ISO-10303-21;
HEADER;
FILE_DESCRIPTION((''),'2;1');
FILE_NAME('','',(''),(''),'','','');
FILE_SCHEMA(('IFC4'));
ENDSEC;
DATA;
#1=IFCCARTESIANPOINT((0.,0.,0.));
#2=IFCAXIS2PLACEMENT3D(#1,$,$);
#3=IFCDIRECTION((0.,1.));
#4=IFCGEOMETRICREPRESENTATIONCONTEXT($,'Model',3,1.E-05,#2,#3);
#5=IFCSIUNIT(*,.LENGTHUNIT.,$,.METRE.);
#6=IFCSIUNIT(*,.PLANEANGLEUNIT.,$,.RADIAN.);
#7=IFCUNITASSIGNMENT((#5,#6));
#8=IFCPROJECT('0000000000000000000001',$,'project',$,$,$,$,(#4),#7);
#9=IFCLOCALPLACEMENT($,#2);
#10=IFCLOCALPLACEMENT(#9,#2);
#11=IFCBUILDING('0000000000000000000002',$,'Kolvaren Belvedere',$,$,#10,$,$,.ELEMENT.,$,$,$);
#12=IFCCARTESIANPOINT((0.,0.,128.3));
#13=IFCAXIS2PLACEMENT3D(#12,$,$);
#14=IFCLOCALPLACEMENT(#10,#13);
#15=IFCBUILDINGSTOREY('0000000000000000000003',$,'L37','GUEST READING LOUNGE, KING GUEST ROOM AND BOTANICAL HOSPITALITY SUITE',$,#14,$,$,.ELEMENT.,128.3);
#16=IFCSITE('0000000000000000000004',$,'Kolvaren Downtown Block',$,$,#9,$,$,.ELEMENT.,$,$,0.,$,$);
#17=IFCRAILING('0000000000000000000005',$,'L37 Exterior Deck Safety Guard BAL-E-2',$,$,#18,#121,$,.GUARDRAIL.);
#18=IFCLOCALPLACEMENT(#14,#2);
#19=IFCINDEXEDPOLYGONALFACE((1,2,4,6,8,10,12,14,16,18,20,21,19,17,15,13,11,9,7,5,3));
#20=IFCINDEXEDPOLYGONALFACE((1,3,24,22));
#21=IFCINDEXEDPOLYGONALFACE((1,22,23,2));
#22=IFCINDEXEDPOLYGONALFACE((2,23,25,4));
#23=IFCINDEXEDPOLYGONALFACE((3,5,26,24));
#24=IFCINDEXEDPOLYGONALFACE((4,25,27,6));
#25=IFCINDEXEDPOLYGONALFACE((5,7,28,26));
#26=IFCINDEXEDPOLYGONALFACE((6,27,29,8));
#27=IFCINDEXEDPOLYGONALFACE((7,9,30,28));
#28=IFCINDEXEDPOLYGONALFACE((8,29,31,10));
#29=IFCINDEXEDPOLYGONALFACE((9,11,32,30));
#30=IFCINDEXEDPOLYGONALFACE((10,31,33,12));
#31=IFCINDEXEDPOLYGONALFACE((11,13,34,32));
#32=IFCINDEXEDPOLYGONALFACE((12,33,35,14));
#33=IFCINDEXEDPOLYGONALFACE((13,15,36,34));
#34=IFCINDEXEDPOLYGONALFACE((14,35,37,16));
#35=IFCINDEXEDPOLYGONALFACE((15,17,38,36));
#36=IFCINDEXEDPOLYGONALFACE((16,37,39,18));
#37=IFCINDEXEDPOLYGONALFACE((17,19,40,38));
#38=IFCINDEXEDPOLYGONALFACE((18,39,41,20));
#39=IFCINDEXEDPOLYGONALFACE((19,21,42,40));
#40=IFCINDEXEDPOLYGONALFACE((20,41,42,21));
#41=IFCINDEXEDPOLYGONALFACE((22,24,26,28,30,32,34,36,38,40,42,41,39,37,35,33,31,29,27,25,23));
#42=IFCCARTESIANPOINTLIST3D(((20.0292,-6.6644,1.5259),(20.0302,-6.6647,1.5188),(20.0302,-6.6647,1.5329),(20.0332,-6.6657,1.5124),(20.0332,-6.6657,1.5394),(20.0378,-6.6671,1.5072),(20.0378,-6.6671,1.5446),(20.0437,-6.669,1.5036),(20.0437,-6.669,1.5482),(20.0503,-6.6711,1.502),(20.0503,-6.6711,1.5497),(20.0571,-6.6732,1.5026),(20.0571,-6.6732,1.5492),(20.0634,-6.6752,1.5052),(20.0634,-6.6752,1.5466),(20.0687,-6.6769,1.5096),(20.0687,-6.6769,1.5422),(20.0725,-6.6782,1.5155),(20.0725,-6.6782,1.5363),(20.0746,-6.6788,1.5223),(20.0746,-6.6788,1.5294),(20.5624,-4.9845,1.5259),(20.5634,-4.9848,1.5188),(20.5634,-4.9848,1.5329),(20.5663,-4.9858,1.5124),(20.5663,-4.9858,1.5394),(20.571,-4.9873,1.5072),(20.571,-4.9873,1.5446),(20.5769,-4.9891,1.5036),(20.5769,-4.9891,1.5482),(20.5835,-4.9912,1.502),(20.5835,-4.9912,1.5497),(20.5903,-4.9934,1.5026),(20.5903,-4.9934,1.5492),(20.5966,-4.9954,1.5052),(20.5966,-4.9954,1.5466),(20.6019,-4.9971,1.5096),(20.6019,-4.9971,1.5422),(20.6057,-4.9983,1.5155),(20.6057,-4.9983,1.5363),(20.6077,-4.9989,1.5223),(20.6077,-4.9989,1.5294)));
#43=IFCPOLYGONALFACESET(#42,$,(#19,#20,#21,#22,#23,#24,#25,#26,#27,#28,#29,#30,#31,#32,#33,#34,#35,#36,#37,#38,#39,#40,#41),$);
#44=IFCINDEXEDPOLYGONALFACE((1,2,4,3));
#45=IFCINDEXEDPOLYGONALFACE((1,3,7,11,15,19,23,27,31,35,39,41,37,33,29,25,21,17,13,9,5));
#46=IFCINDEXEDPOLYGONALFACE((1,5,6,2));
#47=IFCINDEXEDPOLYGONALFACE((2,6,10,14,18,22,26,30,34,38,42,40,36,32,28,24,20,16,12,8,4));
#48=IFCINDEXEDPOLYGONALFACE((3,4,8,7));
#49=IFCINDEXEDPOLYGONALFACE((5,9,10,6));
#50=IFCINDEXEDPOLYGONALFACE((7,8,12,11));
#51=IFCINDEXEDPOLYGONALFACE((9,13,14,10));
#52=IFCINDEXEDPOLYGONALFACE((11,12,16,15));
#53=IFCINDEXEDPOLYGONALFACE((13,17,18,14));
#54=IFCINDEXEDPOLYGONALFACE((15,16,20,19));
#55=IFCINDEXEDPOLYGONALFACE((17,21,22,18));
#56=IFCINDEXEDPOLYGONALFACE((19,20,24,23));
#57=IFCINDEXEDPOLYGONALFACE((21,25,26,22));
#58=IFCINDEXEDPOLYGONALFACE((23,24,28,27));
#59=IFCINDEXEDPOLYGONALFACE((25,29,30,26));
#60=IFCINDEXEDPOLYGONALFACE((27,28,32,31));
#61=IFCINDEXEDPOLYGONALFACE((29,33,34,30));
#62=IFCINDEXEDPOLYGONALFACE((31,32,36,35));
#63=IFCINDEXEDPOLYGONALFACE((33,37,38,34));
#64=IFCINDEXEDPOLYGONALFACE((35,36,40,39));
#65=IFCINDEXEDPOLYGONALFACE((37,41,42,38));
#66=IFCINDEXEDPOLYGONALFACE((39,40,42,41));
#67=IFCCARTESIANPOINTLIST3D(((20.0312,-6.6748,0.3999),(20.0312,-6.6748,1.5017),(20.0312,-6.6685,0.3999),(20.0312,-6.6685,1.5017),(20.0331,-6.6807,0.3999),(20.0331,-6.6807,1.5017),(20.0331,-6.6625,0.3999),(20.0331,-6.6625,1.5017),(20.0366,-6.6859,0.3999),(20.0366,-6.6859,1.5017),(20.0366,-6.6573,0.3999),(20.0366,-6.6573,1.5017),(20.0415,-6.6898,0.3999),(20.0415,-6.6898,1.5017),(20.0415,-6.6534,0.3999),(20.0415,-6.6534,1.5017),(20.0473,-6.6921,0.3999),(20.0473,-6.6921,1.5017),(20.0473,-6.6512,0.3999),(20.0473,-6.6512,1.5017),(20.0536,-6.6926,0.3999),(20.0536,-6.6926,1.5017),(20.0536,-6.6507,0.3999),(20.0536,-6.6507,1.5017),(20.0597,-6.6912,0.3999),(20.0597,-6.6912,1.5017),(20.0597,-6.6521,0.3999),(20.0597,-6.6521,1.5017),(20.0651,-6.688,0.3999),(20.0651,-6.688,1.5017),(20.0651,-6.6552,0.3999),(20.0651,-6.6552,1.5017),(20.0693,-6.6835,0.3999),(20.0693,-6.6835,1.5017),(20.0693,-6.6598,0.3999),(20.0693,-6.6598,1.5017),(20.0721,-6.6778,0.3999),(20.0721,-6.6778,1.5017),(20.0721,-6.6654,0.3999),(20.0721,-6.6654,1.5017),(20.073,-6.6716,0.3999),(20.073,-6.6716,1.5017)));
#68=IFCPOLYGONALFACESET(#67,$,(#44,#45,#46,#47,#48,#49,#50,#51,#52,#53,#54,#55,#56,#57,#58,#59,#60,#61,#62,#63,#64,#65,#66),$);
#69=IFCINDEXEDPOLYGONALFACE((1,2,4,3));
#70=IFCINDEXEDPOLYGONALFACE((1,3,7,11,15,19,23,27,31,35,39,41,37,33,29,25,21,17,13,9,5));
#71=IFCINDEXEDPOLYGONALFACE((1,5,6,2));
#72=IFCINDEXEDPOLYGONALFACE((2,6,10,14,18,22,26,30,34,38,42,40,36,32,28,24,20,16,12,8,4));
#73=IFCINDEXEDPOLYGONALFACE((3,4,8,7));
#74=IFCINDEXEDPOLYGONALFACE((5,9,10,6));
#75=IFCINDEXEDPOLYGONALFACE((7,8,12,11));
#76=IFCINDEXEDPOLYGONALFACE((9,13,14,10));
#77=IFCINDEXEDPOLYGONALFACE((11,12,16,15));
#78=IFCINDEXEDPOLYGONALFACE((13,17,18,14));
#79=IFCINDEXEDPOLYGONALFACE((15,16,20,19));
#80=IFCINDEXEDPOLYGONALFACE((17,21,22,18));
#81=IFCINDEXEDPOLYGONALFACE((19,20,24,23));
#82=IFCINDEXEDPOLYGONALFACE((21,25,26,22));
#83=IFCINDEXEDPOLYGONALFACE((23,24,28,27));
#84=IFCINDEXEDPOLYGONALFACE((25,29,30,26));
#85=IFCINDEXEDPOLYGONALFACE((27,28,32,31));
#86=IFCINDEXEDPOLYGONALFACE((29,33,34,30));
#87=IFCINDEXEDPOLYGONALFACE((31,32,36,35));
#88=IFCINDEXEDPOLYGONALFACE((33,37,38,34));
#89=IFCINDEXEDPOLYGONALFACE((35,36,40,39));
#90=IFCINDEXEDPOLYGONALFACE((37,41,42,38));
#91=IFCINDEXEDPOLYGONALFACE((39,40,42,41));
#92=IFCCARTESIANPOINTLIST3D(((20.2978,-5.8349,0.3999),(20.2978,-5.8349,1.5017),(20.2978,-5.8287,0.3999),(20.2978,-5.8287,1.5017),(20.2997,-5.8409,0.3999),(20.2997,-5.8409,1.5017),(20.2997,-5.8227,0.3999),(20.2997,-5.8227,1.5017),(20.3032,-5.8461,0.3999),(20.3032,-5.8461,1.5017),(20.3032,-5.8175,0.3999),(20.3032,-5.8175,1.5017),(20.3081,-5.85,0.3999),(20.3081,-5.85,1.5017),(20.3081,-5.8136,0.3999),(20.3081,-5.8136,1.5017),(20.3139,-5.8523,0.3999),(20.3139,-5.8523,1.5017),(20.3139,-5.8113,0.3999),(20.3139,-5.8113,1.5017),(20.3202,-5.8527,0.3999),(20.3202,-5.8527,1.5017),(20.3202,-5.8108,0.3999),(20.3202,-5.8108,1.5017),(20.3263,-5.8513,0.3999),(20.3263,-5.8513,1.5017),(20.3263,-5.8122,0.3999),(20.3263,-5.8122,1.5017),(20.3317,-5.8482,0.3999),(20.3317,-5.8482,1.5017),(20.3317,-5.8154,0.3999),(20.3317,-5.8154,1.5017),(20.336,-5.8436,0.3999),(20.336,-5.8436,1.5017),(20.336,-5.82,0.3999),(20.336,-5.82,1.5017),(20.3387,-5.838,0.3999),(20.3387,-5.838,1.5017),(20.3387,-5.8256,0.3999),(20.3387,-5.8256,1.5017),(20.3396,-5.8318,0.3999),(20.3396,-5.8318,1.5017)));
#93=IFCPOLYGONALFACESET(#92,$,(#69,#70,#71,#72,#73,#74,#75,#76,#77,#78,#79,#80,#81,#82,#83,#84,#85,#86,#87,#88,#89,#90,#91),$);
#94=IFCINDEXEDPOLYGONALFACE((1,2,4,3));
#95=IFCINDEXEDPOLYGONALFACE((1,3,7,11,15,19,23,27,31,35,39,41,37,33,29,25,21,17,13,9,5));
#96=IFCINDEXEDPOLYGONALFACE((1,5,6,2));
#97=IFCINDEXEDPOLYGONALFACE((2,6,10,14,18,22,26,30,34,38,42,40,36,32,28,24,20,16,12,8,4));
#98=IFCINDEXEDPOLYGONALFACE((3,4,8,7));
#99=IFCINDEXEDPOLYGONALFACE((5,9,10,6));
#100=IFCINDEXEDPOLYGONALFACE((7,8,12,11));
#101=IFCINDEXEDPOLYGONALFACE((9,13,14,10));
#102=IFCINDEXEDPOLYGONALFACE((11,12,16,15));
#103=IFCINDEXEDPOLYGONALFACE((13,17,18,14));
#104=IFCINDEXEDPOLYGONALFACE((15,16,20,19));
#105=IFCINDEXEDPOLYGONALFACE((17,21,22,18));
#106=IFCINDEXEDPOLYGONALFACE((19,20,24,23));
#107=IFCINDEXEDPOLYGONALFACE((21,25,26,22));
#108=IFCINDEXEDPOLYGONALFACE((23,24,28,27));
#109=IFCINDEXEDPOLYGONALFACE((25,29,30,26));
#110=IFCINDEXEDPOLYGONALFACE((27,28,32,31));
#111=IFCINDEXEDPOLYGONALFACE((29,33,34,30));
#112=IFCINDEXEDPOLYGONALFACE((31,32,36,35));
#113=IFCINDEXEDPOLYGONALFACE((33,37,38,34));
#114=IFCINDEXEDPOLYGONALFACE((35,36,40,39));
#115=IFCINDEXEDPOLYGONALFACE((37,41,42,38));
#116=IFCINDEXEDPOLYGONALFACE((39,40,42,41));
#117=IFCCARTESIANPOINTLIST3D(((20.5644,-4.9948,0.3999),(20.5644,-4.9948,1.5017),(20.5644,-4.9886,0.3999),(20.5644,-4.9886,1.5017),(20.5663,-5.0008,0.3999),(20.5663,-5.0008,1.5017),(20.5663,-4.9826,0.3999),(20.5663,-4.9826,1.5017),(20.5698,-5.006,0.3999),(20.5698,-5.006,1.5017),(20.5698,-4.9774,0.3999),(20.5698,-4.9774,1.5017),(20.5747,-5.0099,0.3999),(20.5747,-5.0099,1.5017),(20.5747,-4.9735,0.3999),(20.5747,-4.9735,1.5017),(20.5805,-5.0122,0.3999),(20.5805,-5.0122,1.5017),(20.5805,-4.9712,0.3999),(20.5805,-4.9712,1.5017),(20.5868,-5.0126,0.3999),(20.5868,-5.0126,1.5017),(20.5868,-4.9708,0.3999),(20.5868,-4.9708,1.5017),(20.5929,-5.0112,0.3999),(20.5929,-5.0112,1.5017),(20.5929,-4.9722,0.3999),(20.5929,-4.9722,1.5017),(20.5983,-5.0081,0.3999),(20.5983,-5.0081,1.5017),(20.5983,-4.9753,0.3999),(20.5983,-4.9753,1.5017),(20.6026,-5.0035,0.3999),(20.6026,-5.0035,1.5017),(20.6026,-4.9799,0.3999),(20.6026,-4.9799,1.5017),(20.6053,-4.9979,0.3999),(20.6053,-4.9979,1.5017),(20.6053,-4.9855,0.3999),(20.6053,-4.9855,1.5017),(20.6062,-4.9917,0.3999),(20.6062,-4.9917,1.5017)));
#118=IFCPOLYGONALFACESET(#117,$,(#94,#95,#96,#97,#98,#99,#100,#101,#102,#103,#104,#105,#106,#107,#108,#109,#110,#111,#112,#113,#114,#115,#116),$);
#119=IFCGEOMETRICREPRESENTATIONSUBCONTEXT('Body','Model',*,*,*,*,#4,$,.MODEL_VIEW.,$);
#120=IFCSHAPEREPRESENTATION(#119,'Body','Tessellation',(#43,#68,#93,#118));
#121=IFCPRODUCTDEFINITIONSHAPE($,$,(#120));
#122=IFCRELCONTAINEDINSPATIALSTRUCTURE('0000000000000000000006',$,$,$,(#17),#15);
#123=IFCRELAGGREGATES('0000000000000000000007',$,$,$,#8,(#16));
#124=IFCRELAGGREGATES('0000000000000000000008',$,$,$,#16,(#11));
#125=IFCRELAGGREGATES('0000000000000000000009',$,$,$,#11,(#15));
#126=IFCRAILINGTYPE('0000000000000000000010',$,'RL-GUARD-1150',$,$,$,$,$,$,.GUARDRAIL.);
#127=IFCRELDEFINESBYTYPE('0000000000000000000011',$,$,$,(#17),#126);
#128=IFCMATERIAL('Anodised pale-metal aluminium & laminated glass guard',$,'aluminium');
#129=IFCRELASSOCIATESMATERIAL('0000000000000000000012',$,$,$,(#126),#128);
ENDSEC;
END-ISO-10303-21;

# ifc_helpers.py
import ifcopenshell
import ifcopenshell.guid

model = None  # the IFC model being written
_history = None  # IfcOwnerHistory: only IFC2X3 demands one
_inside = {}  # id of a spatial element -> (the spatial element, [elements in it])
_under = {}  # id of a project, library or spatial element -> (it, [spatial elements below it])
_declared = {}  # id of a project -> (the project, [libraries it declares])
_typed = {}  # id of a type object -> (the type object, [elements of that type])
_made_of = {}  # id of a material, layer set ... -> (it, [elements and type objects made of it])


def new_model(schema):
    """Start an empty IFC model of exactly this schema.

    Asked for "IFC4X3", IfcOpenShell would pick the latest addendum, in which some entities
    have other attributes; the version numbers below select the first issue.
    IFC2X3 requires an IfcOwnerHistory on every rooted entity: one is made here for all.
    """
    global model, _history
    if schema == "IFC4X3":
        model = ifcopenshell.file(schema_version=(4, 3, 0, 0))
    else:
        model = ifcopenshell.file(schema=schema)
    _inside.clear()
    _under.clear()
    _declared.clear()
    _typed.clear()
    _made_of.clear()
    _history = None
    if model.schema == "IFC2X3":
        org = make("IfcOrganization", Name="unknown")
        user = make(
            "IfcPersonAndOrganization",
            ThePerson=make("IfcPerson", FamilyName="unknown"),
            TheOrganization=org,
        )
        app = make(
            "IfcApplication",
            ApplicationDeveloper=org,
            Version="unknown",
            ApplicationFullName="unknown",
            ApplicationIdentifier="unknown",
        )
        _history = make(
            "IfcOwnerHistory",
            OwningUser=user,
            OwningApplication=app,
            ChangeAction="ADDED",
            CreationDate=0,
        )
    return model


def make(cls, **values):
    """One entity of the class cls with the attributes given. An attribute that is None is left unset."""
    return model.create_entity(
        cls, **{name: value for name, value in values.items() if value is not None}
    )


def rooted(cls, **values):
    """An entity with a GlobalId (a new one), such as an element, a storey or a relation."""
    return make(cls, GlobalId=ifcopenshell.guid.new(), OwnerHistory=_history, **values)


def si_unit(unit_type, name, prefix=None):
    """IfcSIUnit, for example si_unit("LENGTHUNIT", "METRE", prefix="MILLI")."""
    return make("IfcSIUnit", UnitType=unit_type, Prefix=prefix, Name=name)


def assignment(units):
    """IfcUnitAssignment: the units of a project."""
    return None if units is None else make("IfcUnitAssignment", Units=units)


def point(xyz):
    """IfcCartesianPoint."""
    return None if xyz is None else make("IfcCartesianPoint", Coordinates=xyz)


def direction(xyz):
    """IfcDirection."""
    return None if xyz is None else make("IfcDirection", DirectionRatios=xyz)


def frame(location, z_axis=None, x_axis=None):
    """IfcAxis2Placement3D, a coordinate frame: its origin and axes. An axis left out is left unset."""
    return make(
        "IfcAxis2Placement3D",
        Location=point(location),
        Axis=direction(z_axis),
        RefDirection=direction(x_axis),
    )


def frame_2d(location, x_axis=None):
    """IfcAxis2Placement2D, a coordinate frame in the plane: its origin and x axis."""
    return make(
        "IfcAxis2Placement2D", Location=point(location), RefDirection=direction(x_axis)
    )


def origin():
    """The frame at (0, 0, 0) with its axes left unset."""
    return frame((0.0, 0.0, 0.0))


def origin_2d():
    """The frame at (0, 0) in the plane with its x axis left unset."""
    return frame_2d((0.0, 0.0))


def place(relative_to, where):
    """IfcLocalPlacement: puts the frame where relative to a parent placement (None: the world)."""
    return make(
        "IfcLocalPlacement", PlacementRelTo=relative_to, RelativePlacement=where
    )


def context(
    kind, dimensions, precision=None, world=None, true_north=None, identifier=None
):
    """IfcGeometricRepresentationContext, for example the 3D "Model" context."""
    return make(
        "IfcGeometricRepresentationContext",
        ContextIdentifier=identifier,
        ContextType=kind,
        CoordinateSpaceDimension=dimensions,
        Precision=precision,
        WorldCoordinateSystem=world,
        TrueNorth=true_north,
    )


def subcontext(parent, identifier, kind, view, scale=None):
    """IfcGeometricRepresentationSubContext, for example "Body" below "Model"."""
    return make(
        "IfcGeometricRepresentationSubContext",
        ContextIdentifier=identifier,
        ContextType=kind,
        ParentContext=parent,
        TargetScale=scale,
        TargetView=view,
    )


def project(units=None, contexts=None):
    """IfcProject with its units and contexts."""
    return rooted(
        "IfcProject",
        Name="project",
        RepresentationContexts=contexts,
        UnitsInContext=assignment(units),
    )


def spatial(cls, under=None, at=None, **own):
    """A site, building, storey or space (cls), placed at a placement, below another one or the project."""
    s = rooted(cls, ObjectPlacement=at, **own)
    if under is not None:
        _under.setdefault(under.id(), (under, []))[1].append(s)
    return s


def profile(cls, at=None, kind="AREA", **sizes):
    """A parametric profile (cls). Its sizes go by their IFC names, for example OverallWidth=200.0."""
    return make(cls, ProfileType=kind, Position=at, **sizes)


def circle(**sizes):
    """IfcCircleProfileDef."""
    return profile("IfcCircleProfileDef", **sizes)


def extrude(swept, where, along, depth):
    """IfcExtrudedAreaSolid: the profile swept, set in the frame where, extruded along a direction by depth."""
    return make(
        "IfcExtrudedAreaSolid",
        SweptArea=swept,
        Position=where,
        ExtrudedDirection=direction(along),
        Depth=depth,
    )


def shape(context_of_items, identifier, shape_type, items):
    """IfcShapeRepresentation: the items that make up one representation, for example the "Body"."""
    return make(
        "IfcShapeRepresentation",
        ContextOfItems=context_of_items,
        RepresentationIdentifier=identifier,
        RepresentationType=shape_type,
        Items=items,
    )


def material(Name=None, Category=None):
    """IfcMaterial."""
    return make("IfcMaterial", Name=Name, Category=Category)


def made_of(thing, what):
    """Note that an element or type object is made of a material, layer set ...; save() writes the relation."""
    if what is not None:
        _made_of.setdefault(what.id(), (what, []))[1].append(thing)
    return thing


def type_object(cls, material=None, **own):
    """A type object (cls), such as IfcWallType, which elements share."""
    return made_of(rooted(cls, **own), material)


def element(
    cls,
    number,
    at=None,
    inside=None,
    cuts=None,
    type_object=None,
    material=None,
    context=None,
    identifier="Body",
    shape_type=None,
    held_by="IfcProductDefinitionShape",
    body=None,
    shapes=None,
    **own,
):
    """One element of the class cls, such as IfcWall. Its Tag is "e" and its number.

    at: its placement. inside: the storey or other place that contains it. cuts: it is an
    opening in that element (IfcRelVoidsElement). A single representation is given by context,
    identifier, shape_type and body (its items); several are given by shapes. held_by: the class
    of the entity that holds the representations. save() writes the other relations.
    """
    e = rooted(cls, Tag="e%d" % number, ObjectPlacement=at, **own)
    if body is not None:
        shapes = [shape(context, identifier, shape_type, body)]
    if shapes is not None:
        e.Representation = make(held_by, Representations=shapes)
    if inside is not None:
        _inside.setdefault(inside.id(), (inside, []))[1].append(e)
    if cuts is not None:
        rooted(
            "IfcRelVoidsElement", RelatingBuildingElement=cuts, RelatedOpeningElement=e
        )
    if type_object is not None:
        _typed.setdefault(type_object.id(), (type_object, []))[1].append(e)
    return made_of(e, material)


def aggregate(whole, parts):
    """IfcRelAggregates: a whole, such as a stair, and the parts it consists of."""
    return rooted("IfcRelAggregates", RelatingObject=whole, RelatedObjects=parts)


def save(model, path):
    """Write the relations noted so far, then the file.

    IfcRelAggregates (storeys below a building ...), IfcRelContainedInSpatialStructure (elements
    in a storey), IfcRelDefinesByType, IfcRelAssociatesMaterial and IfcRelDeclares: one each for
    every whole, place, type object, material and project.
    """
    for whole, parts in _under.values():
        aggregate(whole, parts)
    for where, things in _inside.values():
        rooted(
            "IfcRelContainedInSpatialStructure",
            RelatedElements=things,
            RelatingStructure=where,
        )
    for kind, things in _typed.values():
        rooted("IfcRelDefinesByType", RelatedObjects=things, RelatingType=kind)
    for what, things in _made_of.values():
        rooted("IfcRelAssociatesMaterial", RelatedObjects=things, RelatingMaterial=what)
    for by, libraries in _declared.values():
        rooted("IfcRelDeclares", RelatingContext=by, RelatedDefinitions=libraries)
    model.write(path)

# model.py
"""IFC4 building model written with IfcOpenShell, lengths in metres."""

from ifc_helpers import new_model, si_unit, direction, frame, origin, origin_2d, place, context, subcontext, project, spatial, circle, extrude, material, type_object, element, save


model = new_model("IFC4")

# Units and contexts
model_context = context("Model", 3, precision=1e-05, world=origin(), true_north=direction((0.0, 1.0)))
body_context = subcontext(model_context, "Body", "Model", "MODEL_VIEW")
ifc_project = project(units=[si_unit("LENGTHUNIT", "METRE"), si_unit("PLANEANGLEUNIT", "RADIAN")], contexts=[model_context])

# Site, building, storey
site_placement = place(None, origin())
site = spatial("IfcSite", under=ifc_project, at=site_placement, Name="Kolvaren Downtown Block", CompositionType="ELEMENT", RefElevation=0.0)
building_placement = place(site_placement, origin())
building = spatial("IfcBuilding", under=site, at=building_placement, Name="Kolvaren Belvedere", CompositionType="ELEMENT")
storey_placement = place(building_placement, frame((0.0, 0.0, 128.3)))
storey = spatial("IfcBuildingStorey", under=building, at=storey_placement, Name="L37", Description="GUEST READING LOUNGE, KING GUEST ROOM AND BOTANICAL HOSPITALITY SUITE", CompositionType="ELEMENT", Elevation=128.3)

# Railing
ifc_material_1 = material(Name="Anodised pale-metal aluminium & laminated glass guard", Category="aluminium")
railing_type = type_object("IfcRailingType", Name="RL-GUARD-1150", PredefinedType="GUARDRAIL", material=ifc_material_1)
railing_1_placement = place(storey_placement, frame((20.052, -6.6716, 0.3999)))
element("IfcRailing", 1, at=railing_1_placement, inside=storey, type_object=railing_type, Name="L37 Exterior Deck Safety Guard BAL-E-2", PredefinedType="GUARDRAIL", context=body_context, shape_type="SweptSolid", body=[
    extrude(circle(Radius=0.0239, at=origin_2d()), frame((0.0, 0.0, 1.126), z_axis=(0.302523, 0.953142, 0.0), x_axis=(-0.953142, 0.302523, 0.0)), (0.0, 0.0, 1.0), 1.7625),
    extrude(circle(Radius=0.021, at=origin_2d()), origin(), (0.0, 0.0, 1.0), 1.1018),
    extrude(circle(Radius=0.021, at=origin_2d()), frame((0.2666, 0.8398, 0.0)), (0.0, 0.0, 1.0), 1.1018),
    extrude(circle(Radius=0.021, at=origin_2d()), frame((0.5332, 1.6799, 0.0)), (0.0, 0.0, 1.0), 1.1018),
])

save(model, "model.ifc")
